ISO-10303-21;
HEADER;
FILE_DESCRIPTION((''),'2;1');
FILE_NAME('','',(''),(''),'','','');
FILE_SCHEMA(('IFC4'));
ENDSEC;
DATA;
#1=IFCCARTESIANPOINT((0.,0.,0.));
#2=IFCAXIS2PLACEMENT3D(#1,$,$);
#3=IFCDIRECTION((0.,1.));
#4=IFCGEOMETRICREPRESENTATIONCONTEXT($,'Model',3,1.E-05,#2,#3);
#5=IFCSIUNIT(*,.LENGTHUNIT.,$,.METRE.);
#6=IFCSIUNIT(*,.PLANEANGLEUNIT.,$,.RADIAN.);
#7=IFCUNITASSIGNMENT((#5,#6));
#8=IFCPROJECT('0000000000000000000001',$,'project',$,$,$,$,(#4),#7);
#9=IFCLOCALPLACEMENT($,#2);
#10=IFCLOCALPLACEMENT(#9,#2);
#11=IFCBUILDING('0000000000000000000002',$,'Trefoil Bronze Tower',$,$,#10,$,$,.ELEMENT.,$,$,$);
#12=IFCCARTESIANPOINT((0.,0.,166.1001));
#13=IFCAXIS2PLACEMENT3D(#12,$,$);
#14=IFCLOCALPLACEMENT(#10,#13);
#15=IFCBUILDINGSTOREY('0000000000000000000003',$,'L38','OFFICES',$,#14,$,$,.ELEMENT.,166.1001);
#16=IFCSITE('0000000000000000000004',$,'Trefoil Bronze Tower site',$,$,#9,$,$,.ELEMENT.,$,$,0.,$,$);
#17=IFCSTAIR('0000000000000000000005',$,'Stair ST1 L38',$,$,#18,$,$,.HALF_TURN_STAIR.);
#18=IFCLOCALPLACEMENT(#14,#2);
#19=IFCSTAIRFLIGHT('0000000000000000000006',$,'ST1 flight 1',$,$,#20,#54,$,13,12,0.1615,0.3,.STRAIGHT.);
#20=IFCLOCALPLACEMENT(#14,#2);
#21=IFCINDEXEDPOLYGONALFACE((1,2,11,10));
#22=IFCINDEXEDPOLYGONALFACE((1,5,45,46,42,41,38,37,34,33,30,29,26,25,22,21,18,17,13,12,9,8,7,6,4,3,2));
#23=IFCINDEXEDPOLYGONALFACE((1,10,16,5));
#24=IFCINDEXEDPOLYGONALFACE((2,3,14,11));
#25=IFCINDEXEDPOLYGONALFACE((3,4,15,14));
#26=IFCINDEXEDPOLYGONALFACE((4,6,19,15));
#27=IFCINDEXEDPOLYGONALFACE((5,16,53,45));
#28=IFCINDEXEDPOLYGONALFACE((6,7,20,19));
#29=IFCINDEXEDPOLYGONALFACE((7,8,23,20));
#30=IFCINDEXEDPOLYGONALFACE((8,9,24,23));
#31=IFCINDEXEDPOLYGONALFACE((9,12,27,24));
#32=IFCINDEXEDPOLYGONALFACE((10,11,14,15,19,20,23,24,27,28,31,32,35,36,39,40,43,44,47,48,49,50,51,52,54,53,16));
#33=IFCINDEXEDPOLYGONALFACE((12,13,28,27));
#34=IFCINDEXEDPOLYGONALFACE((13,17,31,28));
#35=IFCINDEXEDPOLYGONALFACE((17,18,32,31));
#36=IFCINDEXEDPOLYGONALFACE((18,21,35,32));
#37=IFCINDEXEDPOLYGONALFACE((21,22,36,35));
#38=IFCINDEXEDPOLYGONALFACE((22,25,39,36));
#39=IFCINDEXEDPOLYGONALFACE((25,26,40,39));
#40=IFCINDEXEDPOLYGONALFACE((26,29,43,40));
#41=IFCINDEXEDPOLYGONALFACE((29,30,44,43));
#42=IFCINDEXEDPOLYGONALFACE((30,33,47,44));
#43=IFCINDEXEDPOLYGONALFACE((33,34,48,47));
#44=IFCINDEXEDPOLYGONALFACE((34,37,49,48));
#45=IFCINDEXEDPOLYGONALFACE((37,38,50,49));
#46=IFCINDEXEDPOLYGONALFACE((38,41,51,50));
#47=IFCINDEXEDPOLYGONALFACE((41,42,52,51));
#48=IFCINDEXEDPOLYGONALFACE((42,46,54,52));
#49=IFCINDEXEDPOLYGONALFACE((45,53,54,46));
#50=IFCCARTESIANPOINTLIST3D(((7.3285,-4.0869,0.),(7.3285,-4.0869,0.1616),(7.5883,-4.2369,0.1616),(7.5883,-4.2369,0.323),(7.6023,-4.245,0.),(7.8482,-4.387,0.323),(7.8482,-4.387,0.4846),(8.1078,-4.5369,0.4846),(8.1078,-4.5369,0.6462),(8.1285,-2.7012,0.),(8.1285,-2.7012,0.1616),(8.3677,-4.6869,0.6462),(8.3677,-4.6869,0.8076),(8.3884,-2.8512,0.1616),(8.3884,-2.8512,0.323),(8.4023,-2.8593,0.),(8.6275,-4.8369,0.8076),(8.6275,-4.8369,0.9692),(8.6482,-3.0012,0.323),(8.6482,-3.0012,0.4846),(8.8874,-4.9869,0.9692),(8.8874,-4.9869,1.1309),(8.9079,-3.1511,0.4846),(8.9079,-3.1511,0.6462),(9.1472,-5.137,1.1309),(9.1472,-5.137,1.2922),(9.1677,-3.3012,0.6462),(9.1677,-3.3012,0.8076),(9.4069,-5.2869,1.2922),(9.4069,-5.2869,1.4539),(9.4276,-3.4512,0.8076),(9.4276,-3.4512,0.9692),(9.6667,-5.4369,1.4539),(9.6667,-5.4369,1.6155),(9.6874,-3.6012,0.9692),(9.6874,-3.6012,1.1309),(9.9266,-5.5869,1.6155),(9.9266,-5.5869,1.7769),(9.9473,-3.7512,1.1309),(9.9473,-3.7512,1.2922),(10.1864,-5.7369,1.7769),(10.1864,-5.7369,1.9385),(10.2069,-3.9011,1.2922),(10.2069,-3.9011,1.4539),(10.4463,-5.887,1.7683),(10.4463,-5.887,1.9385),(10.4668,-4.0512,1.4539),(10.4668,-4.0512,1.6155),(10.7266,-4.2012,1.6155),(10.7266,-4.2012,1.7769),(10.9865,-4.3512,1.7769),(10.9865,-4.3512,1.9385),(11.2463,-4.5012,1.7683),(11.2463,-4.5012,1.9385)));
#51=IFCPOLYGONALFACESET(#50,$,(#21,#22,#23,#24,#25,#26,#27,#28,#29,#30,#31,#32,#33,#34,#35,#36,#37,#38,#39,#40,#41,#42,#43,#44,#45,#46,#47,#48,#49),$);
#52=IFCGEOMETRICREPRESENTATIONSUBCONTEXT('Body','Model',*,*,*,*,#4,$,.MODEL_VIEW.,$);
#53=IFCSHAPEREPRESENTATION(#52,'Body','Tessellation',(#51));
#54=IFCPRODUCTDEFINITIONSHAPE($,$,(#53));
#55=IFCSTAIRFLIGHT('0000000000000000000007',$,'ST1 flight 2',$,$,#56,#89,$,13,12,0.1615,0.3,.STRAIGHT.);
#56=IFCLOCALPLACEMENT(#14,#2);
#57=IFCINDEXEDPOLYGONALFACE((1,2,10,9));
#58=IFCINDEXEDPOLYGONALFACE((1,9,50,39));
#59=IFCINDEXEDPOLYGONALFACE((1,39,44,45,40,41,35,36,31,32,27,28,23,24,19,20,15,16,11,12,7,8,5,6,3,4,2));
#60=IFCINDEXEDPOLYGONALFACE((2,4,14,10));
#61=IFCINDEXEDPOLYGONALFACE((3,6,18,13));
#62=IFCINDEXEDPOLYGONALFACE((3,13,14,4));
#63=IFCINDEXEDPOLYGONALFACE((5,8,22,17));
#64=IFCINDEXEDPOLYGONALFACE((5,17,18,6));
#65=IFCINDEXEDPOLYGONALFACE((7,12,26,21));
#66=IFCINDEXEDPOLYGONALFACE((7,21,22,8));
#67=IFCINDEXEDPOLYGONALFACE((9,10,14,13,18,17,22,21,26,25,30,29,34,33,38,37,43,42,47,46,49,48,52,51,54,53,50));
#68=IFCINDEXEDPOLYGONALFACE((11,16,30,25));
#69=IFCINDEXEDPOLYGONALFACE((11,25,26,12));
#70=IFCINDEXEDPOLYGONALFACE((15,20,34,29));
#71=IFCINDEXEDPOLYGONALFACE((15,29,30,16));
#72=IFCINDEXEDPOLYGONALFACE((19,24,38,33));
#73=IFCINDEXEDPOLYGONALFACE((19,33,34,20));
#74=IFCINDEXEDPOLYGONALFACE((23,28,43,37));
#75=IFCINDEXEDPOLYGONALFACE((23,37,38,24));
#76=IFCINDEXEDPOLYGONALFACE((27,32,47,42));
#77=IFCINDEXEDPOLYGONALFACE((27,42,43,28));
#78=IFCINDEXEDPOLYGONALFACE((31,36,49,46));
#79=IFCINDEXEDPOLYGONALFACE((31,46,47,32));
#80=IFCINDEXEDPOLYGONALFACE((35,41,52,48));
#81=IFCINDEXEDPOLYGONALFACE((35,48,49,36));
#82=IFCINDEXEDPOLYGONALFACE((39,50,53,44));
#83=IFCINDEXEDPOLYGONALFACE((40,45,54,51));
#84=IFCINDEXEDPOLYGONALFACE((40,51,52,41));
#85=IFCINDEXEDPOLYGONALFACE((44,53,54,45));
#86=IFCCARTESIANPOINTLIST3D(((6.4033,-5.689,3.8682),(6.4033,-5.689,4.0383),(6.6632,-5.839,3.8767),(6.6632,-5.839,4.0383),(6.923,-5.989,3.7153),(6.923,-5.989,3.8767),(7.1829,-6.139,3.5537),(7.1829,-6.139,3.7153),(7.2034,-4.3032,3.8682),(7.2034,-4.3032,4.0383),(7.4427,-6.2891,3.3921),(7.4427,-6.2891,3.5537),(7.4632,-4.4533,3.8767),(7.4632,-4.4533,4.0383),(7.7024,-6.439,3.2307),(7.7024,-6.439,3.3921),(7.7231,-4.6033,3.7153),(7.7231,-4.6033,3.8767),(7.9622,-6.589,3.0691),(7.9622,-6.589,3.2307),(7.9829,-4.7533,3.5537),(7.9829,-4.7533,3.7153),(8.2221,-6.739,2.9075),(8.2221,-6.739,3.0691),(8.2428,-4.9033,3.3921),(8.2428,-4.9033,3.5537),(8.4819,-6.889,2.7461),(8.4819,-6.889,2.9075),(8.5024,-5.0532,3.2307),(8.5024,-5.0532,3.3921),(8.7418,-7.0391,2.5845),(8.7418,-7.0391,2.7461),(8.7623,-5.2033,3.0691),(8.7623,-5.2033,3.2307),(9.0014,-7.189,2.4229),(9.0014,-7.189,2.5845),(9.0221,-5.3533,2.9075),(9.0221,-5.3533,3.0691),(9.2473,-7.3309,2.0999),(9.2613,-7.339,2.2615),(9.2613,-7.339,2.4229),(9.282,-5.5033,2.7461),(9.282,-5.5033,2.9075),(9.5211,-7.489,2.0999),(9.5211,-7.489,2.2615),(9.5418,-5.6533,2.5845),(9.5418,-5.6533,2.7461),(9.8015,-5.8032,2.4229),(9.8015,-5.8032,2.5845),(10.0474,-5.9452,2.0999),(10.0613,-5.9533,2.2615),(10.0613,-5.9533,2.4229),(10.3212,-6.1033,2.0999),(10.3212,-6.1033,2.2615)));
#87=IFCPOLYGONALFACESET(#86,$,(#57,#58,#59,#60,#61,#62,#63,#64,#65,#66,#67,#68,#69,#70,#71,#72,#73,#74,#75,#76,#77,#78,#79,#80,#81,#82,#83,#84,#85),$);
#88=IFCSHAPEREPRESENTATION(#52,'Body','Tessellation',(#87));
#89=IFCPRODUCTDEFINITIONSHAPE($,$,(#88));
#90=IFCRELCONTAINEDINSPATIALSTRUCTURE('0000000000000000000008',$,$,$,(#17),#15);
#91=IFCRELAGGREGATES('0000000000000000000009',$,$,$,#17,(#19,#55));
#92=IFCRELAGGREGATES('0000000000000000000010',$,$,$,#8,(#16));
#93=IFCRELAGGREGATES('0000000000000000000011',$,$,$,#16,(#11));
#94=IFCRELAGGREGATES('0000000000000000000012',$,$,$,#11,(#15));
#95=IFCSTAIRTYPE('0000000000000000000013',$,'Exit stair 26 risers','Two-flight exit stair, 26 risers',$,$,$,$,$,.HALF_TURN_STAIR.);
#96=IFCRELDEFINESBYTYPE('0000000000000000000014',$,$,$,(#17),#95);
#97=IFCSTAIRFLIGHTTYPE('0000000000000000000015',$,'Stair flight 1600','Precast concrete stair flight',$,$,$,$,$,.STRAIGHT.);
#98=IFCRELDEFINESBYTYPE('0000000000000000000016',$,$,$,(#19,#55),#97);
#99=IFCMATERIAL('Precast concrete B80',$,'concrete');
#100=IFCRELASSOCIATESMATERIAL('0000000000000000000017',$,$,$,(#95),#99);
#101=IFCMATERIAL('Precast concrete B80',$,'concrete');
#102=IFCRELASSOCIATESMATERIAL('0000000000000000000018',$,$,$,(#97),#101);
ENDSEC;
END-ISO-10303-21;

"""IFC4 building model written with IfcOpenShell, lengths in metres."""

from ifc_helpers import new_model, si_unit, direction, frame, origin, place, context, subcontext, project, spatial, polyline, outline, extrude, material, type_object, element, aggregate, save


model = new_model("IFC4")

# Units and contexts
model_context = context("Model", 3, precision=1e-05, world=origin(), true_north=direction((0.0, 1.0)))
body_context = subcontext(model_context, "Body", "Model", "MODEL_VIEW")
ifc_project = project(units=[si_unit("LENGTHUNIT", "METRE"), si_unit("PLANEANGLEUNIT", "RADIAN")], contexts=[model_context])

# Site, building, storey
site_placement = place(None, origin())
site = spatial("IfcSite", under=ifc_project, at=site_placement, Name="Trefoil Bronze Tower site", CompositionType="ELEMENT", RefElevation=0.0)
building_placement = place(site_placement, origin())
building = spatial("IfcBuilding", under=site, at=building_placement, Name="Trefoil Bronze Tower", CompositionType="ELEMENT")
storey_placement = place(building_placement, frame((0.0, 0.0, 166.1001)))
storey = spatial("IfcBuildingStorey", under=building, at=storey_placement, Name="L38", Description="OFFICES", CompositionType="ELEMENT", Elevation=166.1001)

# Stair
ifc_material_1 = material(Name="Precast concrete B80", Category="concrete")
stair_type = type_object("IfcStairType", Name="Exit stair 26 risers", Description="Two-flight exit stair, 26 risers", PredefinedType="HALF_TURN_STAIR", material=ifc_material_1)
stair_1_placement = place(storey_placement, origin())
stair_1 = element("IfcStair", 1, at=stair_1_placement, inside=storey, type_object=stair_type, Name="Stair ST1 L38", PredefinedType="HALF_TURN_STAIR")

# Stair flights
ifc_material_2 = material(Name="Precast concrete B80", Category="concrete")
stair_flight_type = type_object("IfcStairFlightType", Name="Stair flight 1600", Description="Precast concrete stair flight", PredefinedType="STRAIGHT", material=ifc_material_2)
stair_flight_1_placement = place(storey_placement, frame((7.7285, -3.394, 0.0), z_axis=(0.0, 0.0, 1.0), x_axis=(0.866025, -0.5, 0.0)))
stair_flight_1 = element("IfcStairFlight", 2, at=stair_flight_1_placement, type_object=stair_flight_type, Name="ST1 flight 1", NumberOfRisers=13, NumberOfTreads=12, PredefinedType="STRAIGHT", RiserHeight=0.1615, TreadLength=0.3, context=body_context, shape_type="SweptSolid", body=[
    extrude(outline(polyline([(0.0, 0.0), (0.0, 0.1616), (0.3, 0.1616), (0.3, 0.323), (0.6001, 0.323), (0.6001, 0.4846), (0.8999, 0.4846), (0.8999, 0.6462), (1.2, 0.6462), (1.2, 0.8076), (1.5, 0.8076), (1.5, 0.9692), (1.8, 0.9692), (1.8, 1.1309), (2.1001, 1.1309), (2.1001, 1.2922), (2.3999, 1.2922), (2.3999, 1.4539), (2.7, 1.4539), (2.7, 1.6155), (3.0, 1.6155), (3.0, 1.7769), (3.3, 1.7769), (3.3, 1.9385), (3.6001, 1.9385), (3.6001, 2.1001), (3.6001, 1.7683), (0.3162, 0.0), (0.0, 0.0)])), frame((0.0, 0.8, 0.0), z_axis=(0.0, -1.0, 0.0), x_axis=(1.0, 0.0, 0.0)), (0.0, 0.0, 1.0), 1.6001),
])
stair_flight_2_placement = place(storey_placement, frame((9.9211, -6.7961, 2.0999), z_axis=(0.0, 0.0, 1.0), x_axis=(-0.866025, 0.5, 0.0)))
stair_flight_2 = element("IfcStairFlight", 3, at=stair_flight_2_placement, type_object=stair_flight_type, Name="ST1 flight 2", NumberOfRisers=13, NumberOfTreads=12, PredefinedType="STRAIGHT", RiserHeight=0.1615, TreadLength=0.3, context=body_context, shape_type="SweptSolid", body=[
    extrude(outline(polyline([(0.0, 0.0), (0.0, 0.1616), (0.3, 0.1616), (0.3, 0.323), (0.6001, 0.323), (0.6001, 0.4846), (0.8999, 0.4846), (0.8999, 0.6462), (1.2, 0.6462), (1.2, 0.8076), (1.5, 0.8076), (1.5, 0.9692), (1.8, 0.9692), (1.8, 1.1309), (2.1001, 1.1309), (2.1001, 1.2922), (2.3999, 1.2922), (2.3999, 1.4539), (2.7, 1.4539), (2.7, 1.6155), (3.0, 1.6155), (3.0, 1.7769), (3.3, 1.7769), (3.3, 1.9385), (3.6001, 1.9385), (3.6001, 2.1001), (3.6001, 1.7683), (0.3162, 0.0), (0.0, 0.0)])), frame((0.0, 0.8, 0.0), z_axis=(0.0, -1.0, 0.0), x_axis=(1.0, 0.0, 0.0)), (0.0, 0.0, 1.0), 1.6001),
])
aggregate(stair_1, [stair_flight_1, stair_flight_2])

save(model, "model.ifc")
